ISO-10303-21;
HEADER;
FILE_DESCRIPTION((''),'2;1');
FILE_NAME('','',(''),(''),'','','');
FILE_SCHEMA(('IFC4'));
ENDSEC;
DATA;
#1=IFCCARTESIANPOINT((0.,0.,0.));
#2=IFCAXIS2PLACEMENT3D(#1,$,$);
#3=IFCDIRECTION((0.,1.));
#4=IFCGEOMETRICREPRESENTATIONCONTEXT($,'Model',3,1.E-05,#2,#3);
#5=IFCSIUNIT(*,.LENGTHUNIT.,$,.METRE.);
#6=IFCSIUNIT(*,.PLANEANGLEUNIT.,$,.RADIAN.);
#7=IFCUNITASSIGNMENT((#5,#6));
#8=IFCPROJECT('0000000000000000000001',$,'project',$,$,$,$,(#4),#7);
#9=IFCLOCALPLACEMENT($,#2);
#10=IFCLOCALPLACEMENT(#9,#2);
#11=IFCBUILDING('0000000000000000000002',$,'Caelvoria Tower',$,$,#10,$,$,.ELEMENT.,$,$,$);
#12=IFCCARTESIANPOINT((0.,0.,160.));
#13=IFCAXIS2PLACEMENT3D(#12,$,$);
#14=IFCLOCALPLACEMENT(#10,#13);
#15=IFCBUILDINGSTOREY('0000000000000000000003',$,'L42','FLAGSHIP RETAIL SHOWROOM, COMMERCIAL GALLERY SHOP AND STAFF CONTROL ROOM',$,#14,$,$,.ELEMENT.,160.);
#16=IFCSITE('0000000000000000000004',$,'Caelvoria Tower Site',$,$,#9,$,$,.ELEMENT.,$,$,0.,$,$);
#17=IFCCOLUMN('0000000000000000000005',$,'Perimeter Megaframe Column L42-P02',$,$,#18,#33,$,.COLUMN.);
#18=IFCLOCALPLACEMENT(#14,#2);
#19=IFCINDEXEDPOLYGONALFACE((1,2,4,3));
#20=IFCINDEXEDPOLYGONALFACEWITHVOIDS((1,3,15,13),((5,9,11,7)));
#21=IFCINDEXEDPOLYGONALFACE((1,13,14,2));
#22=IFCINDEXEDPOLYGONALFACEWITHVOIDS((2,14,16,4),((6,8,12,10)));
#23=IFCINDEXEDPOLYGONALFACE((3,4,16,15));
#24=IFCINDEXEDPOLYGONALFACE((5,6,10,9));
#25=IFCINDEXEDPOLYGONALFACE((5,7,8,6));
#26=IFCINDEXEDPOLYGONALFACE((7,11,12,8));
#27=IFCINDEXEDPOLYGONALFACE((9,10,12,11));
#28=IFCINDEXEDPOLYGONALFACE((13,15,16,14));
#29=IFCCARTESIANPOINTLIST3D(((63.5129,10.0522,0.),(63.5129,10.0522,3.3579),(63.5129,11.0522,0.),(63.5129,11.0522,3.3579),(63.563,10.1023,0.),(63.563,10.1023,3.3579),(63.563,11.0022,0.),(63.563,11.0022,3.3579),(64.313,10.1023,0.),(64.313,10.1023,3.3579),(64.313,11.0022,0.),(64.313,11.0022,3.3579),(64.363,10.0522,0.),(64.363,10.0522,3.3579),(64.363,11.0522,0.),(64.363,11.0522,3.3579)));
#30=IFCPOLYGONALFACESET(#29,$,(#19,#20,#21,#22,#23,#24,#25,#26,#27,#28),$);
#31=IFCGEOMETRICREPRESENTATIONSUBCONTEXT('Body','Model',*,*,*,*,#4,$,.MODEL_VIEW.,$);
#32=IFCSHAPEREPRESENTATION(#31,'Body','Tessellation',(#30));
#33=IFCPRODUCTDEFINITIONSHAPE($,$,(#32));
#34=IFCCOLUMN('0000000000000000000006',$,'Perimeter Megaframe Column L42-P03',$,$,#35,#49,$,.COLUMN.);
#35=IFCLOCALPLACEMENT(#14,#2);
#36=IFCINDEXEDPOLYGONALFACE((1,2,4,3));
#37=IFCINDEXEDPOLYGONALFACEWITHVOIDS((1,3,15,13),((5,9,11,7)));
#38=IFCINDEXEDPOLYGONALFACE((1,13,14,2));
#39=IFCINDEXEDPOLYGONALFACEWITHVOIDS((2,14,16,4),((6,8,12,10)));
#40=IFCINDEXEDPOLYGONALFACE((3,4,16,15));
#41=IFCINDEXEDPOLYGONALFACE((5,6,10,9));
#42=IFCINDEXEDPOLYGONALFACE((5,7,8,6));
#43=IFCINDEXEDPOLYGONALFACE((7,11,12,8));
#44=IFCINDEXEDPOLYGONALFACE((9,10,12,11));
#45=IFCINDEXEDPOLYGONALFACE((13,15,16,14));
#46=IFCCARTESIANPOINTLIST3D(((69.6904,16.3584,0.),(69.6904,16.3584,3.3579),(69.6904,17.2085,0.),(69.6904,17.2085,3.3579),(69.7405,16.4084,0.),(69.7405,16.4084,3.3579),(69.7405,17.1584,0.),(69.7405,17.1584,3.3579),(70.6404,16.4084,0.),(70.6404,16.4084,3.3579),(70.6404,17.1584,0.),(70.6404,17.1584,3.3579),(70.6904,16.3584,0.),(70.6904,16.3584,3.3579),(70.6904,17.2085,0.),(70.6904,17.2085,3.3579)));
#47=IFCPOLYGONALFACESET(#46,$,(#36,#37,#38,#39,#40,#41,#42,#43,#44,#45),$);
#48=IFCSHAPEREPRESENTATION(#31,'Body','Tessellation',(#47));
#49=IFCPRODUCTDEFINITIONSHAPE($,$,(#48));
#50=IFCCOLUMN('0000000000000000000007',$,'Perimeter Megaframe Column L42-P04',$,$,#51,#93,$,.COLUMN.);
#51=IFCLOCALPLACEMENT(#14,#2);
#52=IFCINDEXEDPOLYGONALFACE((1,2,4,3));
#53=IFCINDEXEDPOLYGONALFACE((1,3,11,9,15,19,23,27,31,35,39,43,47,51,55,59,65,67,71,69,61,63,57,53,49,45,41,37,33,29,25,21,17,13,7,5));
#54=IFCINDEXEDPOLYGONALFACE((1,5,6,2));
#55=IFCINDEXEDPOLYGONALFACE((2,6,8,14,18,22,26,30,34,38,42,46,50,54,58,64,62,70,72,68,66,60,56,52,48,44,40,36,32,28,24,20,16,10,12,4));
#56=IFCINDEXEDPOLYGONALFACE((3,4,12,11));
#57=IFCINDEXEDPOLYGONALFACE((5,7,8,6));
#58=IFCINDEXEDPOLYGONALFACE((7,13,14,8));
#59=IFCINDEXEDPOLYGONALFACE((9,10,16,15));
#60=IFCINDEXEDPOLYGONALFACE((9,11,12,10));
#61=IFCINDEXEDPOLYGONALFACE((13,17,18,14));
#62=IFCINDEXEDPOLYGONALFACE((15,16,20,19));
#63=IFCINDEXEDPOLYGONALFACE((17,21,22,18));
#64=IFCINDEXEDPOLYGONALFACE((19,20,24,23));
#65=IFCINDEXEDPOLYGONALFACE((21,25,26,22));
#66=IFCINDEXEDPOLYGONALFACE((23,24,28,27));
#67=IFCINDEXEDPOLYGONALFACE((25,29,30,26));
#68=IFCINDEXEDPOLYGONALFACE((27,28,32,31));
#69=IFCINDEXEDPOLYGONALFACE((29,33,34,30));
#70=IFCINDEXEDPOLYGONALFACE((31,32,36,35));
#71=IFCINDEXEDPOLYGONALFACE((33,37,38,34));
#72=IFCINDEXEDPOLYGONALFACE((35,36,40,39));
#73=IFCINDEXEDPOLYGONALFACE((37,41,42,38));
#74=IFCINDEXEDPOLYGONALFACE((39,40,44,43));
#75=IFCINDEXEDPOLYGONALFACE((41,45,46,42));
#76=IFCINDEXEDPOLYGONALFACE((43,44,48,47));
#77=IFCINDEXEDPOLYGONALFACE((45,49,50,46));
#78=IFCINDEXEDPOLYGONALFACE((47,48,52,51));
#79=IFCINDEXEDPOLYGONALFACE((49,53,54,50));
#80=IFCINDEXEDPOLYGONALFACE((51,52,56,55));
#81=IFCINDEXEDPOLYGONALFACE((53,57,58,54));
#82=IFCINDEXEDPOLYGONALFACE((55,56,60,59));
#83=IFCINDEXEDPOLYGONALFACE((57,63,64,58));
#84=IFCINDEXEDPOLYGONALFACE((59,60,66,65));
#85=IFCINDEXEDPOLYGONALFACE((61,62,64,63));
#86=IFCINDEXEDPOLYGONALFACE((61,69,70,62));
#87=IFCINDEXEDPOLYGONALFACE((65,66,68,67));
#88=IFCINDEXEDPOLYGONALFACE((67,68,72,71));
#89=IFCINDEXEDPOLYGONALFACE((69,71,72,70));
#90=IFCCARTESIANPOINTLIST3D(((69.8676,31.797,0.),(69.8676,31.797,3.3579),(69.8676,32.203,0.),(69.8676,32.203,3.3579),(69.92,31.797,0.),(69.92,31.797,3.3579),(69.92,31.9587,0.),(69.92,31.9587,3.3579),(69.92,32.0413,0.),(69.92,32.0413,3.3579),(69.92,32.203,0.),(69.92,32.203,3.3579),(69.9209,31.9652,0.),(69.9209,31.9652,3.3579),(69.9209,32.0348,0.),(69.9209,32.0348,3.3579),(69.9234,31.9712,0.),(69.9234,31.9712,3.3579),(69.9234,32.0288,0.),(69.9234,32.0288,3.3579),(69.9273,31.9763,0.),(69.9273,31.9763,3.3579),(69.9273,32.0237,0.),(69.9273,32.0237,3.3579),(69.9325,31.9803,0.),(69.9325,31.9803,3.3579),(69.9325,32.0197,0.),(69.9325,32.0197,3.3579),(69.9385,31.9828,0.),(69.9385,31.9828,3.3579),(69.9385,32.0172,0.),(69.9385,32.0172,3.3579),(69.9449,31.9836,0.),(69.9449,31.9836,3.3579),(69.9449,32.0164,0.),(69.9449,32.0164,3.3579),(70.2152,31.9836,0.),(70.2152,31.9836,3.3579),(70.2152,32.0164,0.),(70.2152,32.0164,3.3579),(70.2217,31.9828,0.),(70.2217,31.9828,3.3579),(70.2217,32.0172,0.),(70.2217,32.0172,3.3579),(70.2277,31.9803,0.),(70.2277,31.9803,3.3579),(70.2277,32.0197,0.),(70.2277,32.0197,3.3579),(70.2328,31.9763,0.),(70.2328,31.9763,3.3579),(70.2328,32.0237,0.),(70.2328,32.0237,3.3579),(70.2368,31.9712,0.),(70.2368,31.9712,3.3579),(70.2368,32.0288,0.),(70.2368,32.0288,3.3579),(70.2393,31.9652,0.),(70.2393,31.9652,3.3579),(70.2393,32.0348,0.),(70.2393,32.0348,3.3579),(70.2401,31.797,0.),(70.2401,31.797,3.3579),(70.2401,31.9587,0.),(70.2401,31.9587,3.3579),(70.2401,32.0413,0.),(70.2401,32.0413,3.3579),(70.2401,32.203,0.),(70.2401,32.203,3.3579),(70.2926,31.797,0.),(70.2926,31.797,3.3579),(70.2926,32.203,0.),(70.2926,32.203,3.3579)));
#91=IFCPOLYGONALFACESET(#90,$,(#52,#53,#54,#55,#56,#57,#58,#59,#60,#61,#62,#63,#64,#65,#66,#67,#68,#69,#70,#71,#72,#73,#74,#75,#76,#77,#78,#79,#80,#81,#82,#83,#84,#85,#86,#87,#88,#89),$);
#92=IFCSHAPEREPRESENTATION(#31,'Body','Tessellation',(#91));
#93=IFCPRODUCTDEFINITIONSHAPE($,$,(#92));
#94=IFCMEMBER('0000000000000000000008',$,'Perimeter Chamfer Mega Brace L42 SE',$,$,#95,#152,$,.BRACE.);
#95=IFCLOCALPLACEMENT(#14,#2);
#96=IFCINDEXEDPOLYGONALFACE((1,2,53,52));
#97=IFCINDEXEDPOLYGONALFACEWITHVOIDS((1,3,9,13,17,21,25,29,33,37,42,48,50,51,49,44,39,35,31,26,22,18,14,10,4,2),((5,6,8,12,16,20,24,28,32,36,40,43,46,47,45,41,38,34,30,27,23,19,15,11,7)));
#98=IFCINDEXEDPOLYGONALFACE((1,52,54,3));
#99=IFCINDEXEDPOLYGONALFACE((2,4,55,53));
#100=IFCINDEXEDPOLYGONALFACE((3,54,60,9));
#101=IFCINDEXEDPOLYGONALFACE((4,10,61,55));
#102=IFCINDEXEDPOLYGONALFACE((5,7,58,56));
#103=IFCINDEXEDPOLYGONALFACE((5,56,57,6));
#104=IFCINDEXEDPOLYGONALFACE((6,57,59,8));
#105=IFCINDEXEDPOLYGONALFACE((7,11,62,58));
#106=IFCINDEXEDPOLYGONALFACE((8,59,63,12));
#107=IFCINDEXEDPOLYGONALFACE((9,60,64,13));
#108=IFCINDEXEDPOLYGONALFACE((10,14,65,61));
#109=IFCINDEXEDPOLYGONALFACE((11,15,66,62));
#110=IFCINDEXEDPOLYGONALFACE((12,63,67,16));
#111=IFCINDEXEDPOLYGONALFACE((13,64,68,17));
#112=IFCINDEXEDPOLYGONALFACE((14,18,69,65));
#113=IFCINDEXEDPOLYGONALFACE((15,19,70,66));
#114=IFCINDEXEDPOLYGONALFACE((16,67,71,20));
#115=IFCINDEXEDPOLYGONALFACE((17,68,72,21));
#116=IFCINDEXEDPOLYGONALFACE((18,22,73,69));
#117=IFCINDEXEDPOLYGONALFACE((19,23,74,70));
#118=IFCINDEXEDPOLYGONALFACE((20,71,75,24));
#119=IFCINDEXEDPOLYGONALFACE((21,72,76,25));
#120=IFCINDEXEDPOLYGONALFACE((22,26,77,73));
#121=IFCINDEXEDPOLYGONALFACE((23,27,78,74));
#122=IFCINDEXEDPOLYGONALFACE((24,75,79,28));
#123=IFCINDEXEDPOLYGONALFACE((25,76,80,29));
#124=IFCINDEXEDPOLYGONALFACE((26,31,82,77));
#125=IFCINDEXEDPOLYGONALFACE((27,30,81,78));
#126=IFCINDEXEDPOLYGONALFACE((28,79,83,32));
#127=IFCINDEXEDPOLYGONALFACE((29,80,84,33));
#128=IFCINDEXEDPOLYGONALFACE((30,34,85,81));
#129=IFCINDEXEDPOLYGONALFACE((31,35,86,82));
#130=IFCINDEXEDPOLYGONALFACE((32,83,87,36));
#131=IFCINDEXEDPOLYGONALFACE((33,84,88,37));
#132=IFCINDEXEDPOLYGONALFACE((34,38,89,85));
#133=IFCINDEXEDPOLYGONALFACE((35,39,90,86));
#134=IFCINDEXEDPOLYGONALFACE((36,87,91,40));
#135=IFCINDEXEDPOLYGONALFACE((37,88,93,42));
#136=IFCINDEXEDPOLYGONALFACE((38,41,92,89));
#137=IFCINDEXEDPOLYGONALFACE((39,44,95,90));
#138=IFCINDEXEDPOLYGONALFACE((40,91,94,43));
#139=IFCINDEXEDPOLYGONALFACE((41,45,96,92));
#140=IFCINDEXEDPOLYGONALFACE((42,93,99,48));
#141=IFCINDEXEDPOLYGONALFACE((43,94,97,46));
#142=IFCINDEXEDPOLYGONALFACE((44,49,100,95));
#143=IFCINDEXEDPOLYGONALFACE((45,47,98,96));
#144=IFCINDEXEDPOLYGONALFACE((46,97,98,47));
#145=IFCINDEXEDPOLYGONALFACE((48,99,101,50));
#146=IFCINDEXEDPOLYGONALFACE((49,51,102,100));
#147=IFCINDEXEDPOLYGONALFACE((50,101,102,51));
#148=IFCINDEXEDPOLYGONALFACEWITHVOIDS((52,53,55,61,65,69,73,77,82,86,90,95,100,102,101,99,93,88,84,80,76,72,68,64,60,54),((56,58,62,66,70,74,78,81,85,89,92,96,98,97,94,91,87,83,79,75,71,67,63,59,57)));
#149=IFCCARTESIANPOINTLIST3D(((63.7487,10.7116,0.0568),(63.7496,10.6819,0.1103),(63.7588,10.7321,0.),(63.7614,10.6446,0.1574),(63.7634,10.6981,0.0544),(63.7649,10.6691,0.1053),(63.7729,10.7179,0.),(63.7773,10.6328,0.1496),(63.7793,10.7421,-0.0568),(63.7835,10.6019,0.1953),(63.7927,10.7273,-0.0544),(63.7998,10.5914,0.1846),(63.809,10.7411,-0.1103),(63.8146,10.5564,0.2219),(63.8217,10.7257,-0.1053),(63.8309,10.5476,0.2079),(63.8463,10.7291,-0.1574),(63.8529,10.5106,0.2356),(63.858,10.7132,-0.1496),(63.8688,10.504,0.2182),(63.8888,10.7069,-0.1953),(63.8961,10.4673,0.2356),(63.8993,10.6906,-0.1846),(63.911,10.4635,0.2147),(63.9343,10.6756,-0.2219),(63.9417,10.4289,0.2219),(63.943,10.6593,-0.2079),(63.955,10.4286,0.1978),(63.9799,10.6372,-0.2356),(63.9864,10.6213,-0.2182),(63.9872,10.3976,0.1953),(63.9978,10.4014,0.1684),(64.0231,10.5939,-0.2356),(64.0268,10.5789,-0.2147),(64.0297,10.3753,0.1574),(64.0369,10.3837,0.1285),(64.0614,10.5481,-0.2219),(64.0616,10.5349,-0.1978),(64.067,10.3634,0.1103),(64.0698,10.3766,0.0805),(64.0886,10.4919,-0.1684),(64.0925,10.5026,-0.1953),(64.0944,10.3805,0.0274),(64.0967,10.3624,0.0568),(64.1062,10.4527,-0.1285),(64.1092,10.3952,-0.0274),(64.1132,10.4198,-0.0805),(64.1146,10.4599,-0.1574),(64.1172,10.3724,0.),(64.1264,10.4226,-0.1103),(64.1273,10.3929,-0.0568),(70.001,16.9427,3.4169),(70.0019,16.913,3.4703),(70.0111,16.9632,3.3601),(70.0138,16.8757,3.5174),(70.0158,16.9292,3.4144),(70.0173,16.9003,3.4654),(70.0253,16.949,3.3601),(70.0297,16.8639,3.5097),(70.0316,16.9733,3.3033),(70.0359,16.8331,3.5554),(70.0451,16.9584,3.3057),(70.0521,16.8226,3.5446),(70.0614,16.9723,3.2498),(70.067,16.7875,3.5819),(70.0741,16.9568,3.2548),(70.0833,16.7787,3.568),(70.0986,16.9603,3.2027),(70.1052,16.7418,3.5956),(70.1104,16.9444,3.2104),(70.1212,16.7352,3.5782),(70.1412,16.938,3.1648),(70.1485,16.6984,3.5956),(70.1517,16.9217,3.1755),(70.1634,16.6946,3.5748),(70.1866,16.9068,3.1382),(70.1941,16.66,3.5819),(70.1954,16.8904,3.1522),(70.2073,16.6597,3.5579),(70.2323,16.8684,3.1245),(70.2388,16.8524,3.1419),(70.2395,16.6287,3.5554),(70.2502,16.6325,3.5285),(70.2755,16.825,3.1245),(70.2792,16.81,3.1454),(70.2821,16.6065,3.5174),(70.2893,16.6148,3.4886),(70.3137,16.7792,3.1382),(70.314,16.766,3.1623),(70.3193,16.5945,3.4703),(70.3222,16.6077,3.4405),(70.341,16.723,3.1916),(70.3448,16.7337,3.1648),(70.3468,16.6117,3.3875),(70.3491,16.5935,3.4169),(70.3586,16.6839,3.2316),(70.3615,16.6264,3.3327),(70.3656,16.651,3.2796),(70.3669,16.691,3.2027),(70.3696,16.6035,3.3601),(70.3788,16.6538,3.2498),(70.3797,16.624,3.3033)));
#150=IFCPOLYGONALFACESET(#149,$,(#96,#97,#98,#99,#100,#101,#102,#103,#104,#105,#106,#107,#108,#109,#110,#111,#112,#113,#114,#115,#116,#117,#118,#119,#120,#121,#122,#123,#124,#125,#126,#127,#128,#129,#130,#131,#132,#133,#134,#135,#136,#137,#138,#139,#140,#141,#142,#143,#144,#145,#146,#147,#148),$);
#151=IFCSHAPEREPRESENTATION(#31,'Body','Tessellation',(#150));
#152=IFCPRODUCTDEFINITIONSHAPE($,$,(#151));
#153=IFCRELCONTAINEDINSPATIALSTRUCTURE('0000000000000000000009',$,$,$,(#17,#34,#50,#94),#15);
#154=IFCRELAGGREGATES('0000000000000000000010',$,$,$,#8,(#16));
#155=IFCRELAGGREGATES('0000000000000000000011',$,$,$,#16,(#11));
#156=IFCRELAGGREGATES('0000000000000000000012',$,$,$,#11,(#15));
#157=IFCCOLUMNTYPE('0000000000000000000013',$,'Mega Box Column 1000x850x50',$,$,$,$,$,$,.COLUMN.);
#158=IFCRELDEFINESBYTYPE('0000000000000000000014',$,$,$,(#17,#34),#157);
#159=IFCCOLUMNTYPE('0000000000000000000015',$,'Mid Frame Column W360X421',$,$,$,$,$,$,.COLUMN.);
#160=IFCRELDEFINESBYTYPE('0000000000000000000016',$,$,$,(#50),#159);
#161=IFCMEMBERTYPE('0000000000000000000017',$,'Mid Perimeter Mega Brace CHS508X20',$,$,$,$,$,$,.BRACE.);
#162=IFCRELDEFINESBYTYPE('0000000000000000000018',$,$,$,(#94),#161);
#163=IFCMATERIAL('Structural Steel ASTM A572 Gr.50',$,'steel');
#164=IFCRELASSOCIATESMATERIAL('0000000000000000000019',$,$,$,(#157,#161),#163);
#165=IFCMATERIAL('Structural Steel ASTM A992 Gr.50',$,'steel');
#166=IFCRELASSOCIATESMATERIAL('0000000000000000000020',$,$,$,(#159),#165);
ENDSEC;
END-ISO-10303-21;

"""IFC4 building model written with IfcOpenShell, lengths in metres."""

from ifc_helpers import new_model, si_unit, direction, frame, origin, origin_2d, place, context, subcontext, project, spatial, hollow_rectangle, hollow_circle, i_section, extrude, material, material_profile, profile_set, type_object, element, save


model = new_model("IFC4")

# Units and contexts
model_context = context("Model", 3, precision=1e-05, world=origin(), true_north=direction((0.0, 1.0)))
body_context = subcontext(model_context, "Body", "Model", "MODEL_VIEW")
ifc_project = project(units=[si_unit("LENGTHUNIT", "METRE"), si_unit("PLANEANGLEUNIT", "RADIAN")], contexts=[model_context])

# Site, building, storey
site_placement = place(None, origin())
site = spatial("IfcSite", under=ifc_project, at=site_placement, Name="Caelvoria Tower Site", CompositionType="ELEMENT", RefElevation=0.0)
building_placement = place(site_placement, origin())
building = spatial("IfcBuilding", under=site, at=building_placement, Name="Caelvoria Tower", CompositionType="ELEMENT")
storey_placement = place(building_placement, frame((0.0, 0.0, 160.0)))
storey = spatial("IfcBuildingStorey", under=building, at=storey_placement, Name="L42", Description="FLAGSHIP RETAIL SHOWROOM, COMMERCIAL GALLERY SHOP AND STAFF CONTROL ROOM", CompositionType="ELEMENT", Elevation=160.0)

# Columns
ifc_material_1 = material(Name="Structural Steel ASTM A572 Gr.50", Category="steel")
ifc_material_profile_1 = material_profile(ifc_material_1, hollow_rectangle(XDim=0.8501, YDim=1.0, WallThickness=0.05, at=origin_2d()), Name="Structural Steel ASTM A572 Gr.50")
ifc_profile_set_1 = profile_set([ifc_material_profile_1], Name="BOX1000X850X50 - Structural Steel ASTM A572 Gr.50")
column_type_1 = type_object("IfcColumnType", Name="Mega Box Column 1000x850x50", PredefinedType="COLUMN", material=ifc_profile_set_1)
for number, where, z_axis, x_axis, name in (
    (1, (63.938, 10.5522, 0.0), (0.0, 0.0, 1.0), (1.0, 0.0, 0.0), "Perimeter Megaframe Column L42-P02"),
    (2, (70.1904, 16.7834, 0.0), (0.0, 0.0, 1.0), (0.0, 1.0, 0.0), "Perimeter Megaframe Column L42-P03"),
):
    element("IfcColumn", number, at=place(storey_placement, frame(where, z_axis=z_axis, x_axis=x_axis)), inside=storey, type_object=column_type_1, Name=name, PredefinedType="COLUMN", context=body_context, shape_type="SweptSolid", body=[
        extrude(hollow_rectangle(XDim=0.8501, YDim=1.0, WallThickness=0.05, at=origin_2d()), origin(), (0.0, 0.0, 1.0), 3.3579),
    ])
ifc_material_2 = material(Name="Structural Steel ASTM A992 Gr.50", Category="steel")
ifc_material_profile_2 = material_profile(ifc_material_2, i_section(OverallWidth=0.406, OverallDepth=0.425, WebThickness=0.0327, FlangeThickness=0.0525, FilletRadius=0.0249, at=origin_2d()), Name="Structural Steel ASTM A992 Gr.50")
ifc_profile_set_2 = profile_set([ifc_material_profile_2], Name="W360X421 - Structural Steel ASTM A992 Gr.50")
column_type_2 = type_object("IfcColumnType", Name="Mid Frame Column W360X421", PredefinedType="COLUMN", material=ifc_profile_set_2)
column_placement = place(storey_placement, frame((70.0801, 32.0, 0.0), z_axis=(0.0, 0.0, 1.0), x_axis=(0.0, 1.0, 0.0)))
element("IfcColumn", 3, at=column_placement, inside=storey, type_object=column_type_2, Name="Perimeter Megaframe Column L42-P04", PredefinedType="COLUMN", context=body_context, shape_type="SweptSolid", body=[
    extrude(i_section(OverallWidth=0.406, OverallDepth=0.425, WebThickness=0.0327, FlangeThickness=0.0525, FilletRadius=0.0249, at=origin_2d()), origin(), (0.0, 0.0, 1.0), 3.3579),
])

# Member
ifc_material_profile_3 = material_profile(ifc_material_1, hollow_circle(Radius=0.2539, WallThickness=0.02, at=origin_2d()), Name="Structural Steel ASTM A572 Gr.50")
ifc_profile_set_3 = profile_set([ifc_material_profile_3], Name="CHS508X20 - Structural Steel ASTM A572 Gr.50")
member_type = type_object("IfcMemberType", Name="Mid Perimeter Mega Brace CHS508X20", PredefinedType="BRACE", material=ifc_profile_set_3)
member_1_placement = place(storey_placement, frame((63.938, 10.5522, 0.0), z_axis=(0.661972, 0.659724, 0.355749), x_axis=(-0.705903, 0.708309, 0.0)))
element("IfcMember", 4, at=member_1_placement, inside=storey, type_object=member_type, Name="Perimeter Chamfer Mega Brace L42 SE", PredefinedType="BRACE", context=body_context, shape_type="SweptSolid", body=[
    extrude(hollow_circle(Radius=0.2539, WallThickness=0.02, at=origin_2d()), origin(), (0.0, 0.0, 1.0), 9.4451),
])

save(model, "model.ifc")
